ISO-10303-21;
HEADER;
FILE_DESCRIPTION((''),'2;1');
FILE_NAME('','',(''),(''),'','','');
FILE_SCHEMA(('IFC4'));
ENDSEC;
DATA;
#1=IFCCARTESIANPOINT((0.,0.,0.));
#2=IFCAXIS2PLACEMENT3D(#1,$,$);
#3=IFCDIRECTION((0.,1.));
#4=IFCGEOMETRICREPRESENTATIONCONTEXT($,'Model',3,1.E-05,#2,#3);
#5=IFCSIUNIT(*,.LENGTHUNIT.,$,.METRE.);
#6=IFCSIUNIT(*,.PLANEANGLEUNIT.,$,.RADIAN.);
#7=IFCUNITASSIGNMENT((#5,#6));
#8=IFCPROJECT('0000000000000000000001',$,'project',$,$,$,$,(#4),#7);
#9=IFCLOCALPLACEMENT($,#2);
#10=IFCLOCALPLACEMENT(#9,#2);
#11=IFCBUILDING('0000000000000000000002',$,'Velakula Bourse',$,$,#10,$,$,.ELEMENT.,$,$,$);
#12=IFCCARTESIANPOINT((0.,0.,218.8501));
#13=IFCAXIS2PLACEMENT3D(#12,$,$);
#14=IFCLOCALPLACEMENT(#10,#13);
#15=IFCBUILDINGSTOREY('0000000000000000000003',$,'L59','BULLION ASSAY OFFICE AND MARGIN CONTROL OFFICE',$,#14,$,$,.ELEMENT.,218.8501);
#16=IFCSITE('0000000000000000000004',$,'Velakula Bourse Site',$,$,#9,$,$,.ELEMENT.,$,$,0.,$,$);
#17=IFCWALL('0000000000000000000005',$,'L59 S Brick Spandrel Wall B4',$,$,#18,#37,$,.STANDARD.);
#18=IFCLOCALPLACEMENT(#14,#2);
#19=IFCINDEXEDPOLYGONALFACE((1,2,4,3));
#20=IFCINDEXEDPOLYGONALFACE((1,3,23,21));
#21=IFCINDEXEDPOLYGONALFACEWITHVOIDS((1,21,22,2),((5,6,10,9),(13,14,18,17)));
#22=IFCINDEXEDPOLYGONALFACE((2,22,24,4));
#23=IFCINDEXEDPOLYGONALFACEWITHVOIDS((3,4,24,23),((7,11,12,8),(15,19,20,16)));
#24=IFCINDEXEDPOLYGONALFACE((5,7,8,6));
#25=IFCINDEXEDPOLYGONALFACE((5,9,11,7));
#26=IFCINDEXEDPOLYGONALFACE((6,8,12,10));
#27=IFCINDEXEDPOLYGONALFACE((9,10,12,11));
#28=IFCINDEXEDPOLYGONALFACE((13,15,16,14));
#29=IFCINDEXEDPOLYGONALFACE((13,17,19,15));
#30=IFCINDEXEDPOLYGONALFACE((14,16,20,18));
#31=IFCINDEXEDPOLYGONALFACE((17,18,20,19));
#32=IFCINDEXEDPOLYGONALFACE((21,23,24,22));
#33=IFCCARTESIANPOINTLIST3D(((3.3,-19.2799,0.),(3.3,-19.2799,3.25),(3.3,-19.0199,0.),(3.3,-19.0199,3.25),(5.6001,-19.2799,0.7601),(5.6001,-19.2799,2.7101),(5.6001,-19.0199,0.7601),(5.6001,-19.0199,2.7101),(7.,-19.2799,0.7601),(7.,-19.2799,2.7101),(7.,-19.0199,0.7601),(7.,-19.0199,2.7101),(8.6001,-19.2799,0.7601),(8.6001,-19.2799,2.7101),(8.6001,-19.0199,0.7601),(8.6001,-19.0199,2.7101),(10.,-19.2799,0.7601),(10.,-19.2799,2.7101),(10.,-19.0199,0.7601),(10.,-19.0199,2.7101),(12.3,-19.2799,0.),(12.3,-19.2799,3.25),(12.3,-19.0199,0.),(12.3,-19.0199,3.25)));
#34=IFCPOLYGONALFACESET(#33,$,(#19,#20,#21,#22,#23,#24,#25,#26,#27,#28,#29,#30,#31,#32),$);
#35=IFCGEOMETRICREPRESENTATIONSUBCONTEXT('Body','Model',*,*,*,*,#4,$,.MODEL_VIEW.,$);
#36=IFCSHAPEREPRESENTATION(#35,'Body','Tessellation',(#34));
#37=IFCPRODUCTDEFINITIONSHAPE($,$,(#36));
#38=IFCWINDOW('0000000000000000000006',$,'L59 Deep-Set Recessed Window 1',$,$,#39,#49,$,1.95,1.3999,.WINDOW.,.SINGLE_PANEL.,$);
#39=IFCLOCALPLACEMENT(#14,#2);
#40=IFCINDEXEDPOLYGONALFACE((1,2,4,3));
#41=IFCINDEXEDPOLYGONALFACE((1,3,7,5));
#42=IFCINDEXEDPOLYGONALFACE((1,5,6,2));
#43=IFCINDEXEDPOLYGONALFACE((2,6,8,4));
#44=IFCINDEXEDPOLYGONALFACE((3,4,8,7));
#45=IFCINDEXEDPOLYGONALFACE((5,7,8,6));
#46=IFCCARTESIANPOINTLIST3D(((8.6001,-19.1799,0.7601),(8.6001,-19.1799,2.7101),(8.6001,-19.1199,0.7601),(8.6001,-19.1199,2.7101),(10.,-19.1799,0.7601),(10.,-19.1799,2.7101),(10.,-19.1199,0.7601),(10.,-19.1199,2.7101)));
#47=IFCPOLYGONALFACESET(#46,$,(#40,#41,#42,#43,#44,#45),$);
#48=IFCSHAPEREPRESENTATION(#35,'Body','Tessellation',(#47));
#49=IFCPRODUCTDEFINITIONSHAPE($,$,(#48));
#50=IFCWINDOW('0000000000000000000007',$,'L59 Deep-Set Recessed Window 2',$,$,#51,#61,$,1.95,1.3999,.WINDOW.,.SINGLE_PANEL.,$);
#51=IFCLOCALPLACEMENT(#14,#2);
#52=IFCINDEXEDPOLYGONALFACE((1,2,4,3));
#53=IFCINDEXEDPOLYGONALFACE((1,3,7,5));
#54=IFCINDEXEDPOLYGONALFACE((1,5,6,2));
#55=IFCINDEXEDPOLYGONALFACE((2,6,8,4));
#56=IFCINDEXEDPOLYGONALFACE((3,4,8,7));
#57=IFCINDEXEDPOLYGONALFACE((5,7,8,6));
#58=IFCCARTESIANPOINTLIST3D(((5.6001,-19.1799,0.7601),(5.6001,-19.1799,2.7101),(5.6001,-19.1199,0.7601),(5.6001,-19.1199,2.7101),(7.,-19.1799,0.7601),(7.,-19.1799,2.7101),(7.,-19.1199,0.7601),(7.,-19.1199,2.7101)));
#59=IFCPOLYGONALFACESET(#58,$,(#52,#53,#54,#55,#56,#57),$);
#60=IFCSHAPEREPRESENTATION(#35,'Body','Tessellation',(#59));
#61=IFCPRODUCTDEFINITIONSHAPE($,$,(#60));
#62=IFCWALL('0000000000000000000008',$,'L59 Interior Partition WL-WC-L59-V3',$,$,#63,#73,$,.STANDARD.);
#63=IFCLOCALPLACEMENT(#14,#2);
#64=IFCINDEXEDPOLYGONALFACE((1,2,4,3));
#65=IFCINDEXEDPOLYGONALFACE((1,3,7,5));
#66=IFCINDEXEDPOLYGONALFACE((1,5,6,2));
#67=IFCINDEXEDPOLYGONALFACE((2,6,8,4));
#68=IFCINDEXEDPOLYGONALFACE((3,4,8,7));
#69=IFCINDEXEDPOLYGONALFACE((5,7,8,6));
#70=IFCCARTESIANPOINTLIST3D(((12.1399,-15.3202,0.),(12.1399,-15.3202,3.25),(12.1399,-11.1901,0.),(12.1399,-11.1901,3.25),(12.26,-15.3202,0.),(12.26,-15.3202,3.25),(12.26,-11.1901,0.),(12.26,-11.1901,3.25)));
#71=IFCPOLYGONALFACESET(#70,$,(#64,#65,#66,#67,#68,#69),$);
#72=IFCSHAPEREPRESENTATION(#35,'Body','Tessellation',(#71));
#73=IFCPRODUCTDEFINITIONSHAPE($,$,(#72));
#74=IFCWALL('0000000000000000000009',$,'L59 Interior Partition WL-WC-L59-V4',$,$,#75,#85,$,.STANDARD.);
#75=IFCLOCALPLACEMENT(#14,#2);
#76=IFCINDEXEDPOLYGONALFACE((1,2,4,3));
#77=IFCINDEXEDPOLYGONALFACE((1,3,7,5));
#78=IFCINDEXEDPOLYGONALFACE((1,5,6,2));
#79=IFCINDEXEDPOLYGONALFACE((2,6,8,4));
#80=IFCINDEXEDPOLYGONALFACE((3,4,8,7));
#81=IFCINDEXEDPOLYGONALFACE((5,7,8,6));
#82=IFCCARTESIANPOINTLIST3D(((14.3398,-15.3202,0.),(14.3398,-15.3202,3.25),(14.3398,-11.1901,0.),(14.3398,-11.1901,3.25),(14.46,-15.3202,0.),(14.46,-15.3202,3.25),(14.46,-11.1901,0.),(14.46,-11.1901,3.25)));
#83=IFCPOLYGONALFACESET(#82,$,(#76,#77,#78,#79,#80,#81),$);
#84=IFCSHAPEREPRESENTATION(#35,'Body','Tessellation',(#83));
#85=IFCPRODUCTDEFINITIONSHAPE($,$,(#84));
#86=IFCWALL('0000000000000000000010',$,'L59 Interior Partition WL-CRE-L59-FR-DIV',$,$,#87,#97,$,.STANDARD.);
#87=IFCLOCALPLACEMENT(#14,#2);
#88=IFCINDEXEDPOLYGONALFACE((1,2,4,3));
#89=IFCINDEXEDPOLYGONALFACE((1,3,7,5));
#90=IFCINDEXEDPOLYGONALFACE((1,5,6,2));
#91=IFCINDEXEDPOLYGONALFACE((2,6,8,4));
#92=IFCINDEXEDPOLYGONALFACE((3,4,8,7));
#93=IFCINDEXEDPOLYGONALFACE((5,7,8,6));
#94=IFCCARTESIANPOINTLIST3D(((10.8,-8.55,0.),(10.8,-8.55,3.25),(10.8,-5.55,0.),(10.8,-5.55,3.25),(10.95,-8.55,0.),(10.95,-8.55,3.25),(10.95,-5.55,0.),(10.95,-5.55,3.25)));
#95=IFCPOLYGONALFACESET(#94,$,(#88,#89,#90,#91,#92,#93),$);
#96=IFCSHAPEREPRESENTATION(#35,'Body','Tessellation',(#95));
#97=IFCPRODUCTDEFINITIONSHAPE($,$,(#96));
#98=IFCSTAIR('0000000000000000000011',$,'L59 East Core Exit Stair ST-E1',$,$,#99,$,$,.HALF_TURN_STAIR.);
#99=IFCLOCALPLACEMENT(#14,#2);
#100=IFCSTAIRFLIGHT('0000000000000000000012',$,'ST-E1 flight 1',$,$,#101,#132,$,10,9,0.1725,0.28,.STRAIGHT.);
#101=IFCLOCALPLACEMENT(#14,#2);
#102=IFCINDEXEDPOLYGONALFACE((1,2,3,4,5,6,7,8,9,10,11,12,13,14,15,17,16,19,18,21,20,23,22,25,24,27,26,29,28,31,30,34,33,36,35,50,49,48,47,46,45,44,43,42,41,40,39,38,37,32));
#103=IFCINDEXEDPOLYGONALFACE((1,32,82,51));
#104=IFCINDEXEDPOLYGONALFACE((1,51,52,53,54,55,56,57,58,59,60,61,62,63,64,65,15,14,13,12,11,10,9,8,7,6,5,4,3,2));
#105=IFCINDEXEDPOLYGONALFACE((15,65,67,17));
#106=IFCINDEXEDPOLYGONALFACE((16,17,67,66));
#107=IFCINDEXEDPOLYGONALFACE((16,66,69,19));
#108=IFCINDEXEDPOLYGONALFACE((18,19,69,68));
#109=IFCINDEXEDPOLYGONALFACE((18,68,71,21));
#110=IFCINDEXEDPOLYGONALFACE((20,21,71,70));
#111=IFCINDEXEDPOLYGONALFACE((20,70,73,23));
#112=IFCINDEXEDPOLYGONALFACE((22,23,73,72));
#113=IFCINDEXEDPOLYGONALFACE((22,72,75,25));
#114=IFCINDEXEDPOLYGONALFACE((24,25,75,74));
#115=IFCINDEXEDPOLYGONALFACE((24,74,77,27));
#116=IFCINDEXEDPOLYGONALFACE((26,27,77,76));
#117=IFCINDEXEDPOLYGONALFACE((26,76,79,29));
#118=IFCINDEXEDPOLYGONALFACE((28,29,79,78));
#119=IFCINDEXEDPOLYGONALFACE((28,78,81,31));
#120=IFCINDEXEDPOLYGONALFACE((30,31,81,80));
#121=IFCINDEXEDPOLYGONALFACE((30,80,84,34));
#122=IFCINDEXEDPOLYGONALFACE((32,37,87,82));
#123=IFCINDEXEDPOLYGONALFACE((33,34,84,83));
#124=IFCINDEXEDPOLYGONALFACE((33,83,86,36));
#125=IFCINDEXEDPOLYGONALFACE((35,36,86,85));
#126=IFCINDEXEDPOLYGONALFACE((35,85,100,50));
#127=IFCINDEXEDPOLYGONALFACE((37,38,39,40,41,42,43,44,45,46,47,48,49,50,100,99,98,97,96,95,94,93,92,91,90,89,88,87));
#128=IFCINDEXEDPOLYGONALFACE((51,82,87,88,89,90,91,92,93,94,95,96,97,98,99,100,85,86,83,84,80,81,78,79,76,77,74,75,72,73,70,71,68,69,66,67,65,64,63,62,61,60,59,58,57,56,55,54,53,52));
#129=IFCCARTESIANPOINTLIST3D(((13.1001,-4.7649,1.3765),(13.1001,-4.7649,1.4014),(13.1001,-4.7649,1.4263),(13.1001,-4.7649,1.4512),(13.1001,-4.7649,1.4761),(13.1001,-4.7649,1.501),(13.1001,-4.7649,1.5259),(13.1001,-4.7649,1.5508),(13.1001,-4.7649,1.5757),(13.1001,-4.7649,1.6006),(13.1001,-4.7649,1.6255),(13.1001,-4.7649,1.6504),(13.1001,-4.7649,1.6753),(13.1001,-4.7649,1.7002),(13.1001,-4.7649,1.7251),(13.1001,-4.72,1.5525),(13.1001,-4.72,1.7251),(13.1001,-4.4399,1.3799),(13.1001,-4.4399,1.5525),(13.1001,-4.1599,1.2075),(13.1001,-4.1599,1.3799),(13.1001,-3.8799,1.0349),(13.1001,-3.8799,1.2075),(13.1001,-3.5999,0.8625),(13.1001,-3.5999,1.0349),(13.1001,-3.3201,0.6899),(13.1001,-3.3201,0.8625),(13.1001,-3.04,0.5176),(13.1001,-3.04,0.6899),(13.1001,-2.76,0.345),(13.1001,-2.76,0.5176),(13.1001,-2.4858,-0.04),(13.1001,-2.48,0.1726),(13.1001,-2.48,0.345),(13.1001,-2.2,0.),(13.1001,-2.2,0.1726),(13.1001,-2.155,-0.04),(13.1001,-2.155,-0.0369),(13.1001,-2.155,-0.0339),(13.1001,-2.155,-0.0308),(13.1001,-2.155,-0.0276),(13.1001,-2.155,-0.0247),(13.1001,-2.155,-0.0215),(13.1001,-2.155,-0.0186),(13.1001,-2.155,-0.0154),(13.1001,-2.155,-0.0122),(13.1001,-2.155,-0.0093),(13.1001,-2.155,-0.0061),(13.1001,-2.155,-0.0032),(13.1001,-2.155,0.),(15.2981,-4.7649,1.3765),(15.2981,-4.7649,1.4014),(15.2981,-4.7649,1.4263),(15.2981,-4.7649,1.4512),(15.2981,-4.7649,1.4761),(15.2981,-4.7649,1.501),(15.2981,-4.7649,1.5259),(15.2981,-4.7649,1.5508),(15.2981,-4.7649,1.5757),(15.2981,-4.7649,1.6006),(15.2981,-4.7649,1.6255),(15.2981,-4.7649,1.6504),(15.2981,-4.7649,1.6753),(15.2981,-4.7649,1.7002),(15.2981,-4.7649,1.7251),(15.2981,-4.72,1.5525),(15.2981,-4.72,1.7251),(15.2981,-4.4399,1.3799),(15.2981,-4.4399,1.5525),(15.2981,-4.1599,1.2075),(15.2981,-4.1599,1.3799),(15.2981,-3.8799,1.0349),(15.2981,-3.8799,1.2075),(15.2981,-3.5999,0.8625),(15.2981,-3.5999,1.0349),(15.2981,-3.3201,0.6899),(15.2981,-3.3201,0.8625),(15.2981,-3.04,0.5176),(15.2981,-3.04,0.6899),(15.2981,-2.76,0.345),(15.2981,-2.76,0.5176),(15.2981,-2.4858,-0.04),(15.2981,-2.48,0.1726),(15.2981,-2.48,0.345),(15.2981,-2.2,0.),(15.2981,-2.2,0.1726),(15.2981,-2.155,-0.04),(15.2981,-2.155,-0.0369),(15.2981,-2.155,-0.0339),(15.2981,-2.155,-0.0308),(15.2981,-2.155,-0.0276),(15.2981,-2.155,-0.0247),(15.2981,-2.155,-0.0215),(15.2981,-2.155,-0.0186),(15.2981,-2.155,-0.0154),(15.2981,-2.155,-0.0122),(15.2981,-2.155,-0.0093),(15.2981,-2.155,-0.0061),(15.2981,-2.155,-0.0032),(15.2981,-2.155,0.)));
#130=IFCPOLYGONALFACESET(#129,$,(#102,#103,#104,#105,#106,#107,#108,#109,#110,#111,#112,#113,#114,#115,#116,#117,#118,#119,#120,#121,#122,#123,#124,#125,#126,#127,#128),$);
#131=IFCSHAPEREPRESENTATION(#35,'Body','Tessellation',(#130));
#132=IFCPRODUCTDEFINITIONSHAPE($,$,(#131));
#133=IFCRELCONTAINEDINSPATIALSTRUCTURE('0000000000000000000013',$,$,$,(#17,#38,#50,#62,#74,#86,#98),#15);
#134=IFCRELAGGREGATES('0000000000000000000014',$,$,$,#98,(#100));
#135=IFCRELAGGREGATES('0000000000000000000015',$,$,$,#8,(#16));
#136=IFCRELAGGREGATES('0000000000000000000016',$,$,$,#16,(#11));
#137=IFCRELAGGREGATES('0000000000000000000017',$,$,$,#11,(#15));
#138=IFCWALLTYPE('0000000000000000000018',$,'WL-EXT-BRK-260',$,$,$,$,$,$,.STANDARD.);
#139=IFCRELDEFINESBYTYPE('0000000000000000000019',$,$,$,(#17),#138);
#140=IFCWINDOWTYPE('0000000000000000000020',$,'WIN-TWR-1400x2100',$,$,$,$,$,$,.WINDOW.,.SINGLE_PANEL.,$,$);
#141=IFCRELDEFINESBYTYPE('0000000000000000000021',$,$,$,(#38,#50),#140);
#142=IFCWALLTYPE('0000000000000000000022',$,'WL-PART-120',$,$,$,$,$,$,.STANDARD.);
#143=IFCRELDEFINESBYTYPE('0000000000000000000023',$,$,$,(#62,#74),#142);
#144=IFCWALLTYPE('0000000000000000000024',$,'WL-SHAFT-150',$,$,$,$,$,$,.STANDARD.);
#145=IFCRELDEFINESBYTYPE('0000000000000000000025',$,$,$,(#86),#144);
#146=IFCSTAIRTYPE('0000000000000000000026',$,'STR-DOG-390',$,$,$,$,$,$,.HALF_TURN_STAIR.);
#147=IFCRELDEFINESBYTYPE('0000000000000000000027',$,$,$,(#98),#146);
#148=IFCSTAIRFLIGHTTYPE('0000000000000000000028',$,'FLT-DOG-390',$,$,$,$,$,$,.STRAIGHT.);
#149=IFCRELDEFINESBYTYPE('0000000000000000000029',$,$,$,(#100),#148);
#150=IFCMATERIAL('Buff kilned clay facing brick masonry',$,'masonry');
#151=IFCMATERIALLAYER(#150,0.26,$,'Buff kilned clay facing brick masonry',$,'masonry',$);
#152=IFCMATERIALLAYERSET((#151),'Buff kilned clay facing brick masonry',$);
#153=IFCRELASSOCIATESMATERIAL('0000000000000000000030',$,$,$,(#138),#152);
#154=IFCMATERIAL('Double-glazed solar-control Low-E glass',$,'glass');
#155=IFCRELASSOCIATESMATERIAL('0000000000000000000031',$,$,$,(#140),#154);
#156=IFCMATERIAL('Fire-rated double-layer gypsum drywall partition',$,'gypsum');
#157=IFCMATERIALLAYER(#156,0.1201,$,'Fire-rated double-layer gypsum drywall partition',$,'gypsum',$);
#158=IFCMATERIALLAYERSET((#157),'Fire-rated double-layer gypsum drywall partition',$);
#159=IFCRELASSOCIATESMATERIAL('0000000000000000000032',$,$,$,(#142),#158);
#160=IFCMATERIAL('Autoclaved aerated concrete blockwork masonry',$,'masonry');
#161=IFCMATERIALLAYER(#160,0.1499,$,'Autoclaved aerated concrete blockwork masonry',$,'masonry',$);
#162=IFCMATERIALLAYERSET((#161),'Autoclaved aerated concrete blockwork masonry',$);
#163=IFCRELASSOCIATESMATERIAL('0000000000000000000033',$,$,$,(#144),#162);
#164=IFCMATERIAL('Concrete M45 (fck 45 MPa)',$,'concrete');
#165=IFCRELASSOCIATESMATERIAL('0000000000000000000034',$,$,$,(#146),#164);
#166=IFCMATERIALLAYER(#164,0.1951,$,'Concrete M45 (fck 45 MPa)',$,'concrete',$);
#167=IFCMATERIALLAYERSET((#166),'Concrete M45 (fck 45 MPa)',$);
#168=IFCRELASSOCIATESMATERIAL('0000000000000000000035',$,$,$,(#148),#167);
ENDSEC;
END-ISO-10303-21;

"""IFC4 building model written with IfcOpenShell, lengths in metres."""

from ifc_helpers import new_model, si_unit, direction, frame, frame_2d, origin, place, context, subcontext, project, spatial, polyline, rectangle, outline, extrude, material, layer, layer_set, type_object, element, fill, aggregate, save


model = new_model("IFC4")

# Units and contexts
model_context = context("Model", 3, precision=1e-05, world=origin(), true_north=direction((0.0, 1.0)))
body_context = subcontext(model_context, "Body", "Model", "MODEL_VIEW")
ifc_project = project(units=[si_unit("LENGTHUNIT", "METRE"), si_unit("PLANEANGLEUNIT", "RADIAN")], contexts=[model_context])

# Site, building, storey
site_placement = place(None, origin())
site = spatial("IfcSite", under=ifc_project, at=site_placement, Name="Velakula Bourse Site", CompositionType="ELEMENT", RefElevation=0.0)
building_placement = place(site_placement, origin())
building = spatial("IfcBuilding", under=site, at=building_placement, Name="Velakula Bourse", CompositionType="ELEMENT")
storey_placement = place(building_placement, frame((0.0, 0.0, 218.8501)))
storey = spatial("IfcBuildingStorey", under=building, at=storey_placement, Name="L59", Description="BULLION ASSAY OFFICE AND MARGIN CONTROL OFFICE", CompositionType="ELEMENT", Elevation=218.8501)

# Wall, openings, windows
ifc_material_1 = material(Name="Buff kilned clay facing brick masonry", Category="masonry")
ifc_layer_1 = layer(ifc_material_1, 0.26, Name="Buff kilned clay facing brick masonry", Category="masonry")
ifc_layer_set_1 = layer_set([ifc_layer_1], Name="Buff kilned clay facing brick masonry")
wall_type_1 = type_object("IfcWallType", Name="WL-EXT-BRK-260", PredefinedType="STANDARD", material=ifc_layer_set_1)
wall_1_placement = place(storey_placement, frame((12.3, -19.1499, 0.0), z_axis=(0.0, 0.0, 1.0), x_axis=(-1.0, 0.0, 0.0)))
wall_1 = element("IfcWall", 1, at=wall_1_placement, inside=storey, type_object=wall_type_1, Name="L59 S Brick Spandrel Wall B4", PredefinedType="STANDARD", context=body_context, shape_type="SweptSolid", body=[
    extrude(rectangle(XDim=9.0, YDim=0.26, at=frame_2d((4.5, 0.0))), origin(), (0.0, 0.0, 1.0), 3.25),
])
opening_1_placement = place(wall_1_placement, frame((2.3, 0.0, 0.76)))
opening_1 = element("IfcOpeningElement", 2, at=opening_1_placement, cuts=wall_1, PredefinedType="OPENING", context=body_context, shape_type="SweptSolid", body=[
    extrude(rectangle(XDim=1.3999, YDim=1.95, at=frame_2d((0.7, 0.9751))), frame((0.0, 0.1399, 0.0), z_axis=(0.0, -1.0, 0.0), x_axis=(1.0, 0.0, 0.0)), (0.0, 0.0, 1.0), 0.28),
])
opening_2_placement = place(wall_1_placement, frame((5.3, 0.0, 0.76)))
opening_2 = element("IfcOpeningElement", 3, at=opening_2_placement, cuts=wall_1, PredefinedType="OPENING", context=body_context, shape_type="SweptSolid", body=[
    extrude(rectangle(XDim=1.3999, YDim=1.95, at=frame_2d((0.7, 0.9751))), frame((0.0, 0.1399, 0.0), z_axis=(0.0, -1.0, 0.0), x_axis=(1.0, 0.0, 0.0)), (0.0, 0.0, 1.0), 0.28),
])
ifc_material_2 = material(Name="Double-glazed solar-control Low-E glass", Category="glass")
window_type = type_object("IfcWindowType", Name="WIN-TWR-1400x2100", PartitioningType="SINGLE_PANEL", PredefinedType="WINDOW", material=ifc_material_2)
window_1_placement = place(opening_1_placement, origin())
window_1 = element("IfcWindow", 4, at=window_1_placement, inside=storey, type_object=window_type, Name="L59 Deep-Set Recessed Window 1", OverallHeight=1.95, OverallWidth=1.3999, PartitioningType="SINGLE_PANEL", PredefinedType="WINDOW", context=body_context, shape_type="SweptSolid", body=[
    extrude(rectangle(XDim=1.3999, YDim=1.95, at=frame_2d((0.7, 0.9751))), frame((0.0, 0.03, 0.0), z_axis=(0.0, -1.0, 0.0), x_axis=(1.0, 0.0, 0.0)), (0.0, 0.0, 1.0), 0.0601),
])
fill(opening_1, window_1)
window_2_placement = place(opening_2_placement, origin())
window_2 = element("IfcWindow", 5, at=window_2_placement, inside=storey, type_object=window_type, Name="L59 Deep-Set Recessed Window 2", OverallHeight=1.95, OverallWidth=1.3999, PartitioningType="SINGLE_PANEL", PredefinedType="WINDOW", context=body_context, shape_type="SweptSolid", body=[
    extrude(rectangle(XDim=1.3999, YDim=1.95, at=frame_2d((0.7, 0.9751))), frame((0.0, 0.03, 0.0), z_axis=(0.0, -1.0, 0.0), x_axis=(1.0, 0.0, 0.0)), (0.0, 0.0, 1.0), 0.0601),
])
fill(opening_2, window_2)

# Walls
ifc_material_3 = material(Name="Fire-rated double-layer gypsum drywall partition", Category="gypsum")
ifc_layer_2 = layer(ifc_material_3, 0.1201, Name="Fire-rated double-layer gypsum drywall partition", Category="gypsum")
ifc_layer_set_2 = layer_set([ifc_layer_2], Name="Fire-rated double-layer gypsum drywall partition")
wall_type_2 = type_object("IfcWallType", Name="WL-PART-120", PredefinedType="STANDARD", material=ifc_layer_set_2)
for number, where, z_axis, x_axis, name in (
    (6, (12.2, -15.3201, 0.0), (0.0, 0.0, 1.0), (0.0, 1.0, 0.0), "L59 Interior Partition WL-WC-L59-V3"),
    (7, (14.3999, -15.3201, 0.0), (0.0, 0.0, 1.0), (0.0, 1.0, 0.0), "L59 Interior Partition WL-WC-L59-V4"),
):
    element("IfcWall", number, at=place(storey_placement, frame(where, z_axis=z_axis, x_axis=x_axis)), inside=storey, type_object=wall_type_2, Name=name, PredefinedType="STANDARD", context=body_context, shape_type="SweptSolid", body=[
        extrude(rectangle(XDim=4.1301, YDim=0.1201, at=frame_2d((2.0649, 0.0))), origin(), (0.0, 0.0, 1.0), 3.25),
    ])

# Shared definitions
ifc_material_4 = material(Name="Autoclaved aerated concrete blockwork masonry", Category="masonry")
ifc_layer_3 = layer(ifc_material_4, 0.1499, Name="Autoclaved aerated concrete blockwork masonry", Category="masonry")
ifc_layer_set_3 = layer_set([ifc_layer_3], Name="Autoclaved aerated concrete blockwork masonry")
wall_type_3 = type_object("IfcWallType", Name="WL-SHAFT-150", PredefinedType="STANDARD", material=ifc_layer_set_3)

# Wall
wall_2_placement = place(storey_placement, frame((10.875, -8.55, 0.0), z_axis=(0.0, 0.0, 1.0), x_axis=(0.0, 1.0, 0.0)))
element("IfcWall", 8, at=wall_2_placement, inside=storey, type_object=wall_type_3, Name="L59 Interior Partition WL-CRE-L59-FR-DIV", PredefinedType="STANDARD", context=body_context, shape_type="SweptSolid", body=[
    extrude(rectangle(XDim=3.0, YDim=0.1499, at=frame_2d((1.5, 0.0))), origin(), (0.0, 0.0, 1.0), 3.25),
])

# Stair, stair flight
ifc_material_5 = material(Name="Concrete M45 (fck 45 MPa)", Category="concrete")
stair_type = type_object("IfcStairType", Name="STR-DOG-390", PredefinedType="HALF_TURN_STAIR", material=ifc_material_5)
stair_placement = place(storey_placement, origin())
stair = element("IfcStair", 9, at=stair_placement, inside=storey, type_object=stair_type, Name="L59 East Core Exit Stair ST-E1", PredefinedType="HALF_TURN_STAIR")
ifc_layer_4 = layer(ifc_material_5, 0.1951, Name="Concrete M45 (fck 45 MPa)", Category="concrete")
ifc_layer_set_4 = layer_set([ifc_layer_4], Name="Concrete M45 (fck 45 MPa)")
stair_flight_type = type_object("IfcStairFlightType", Name="FLT-DOG-390", PredefinedType="STRAIGHT", material=ifc_layer_set_4)
stair_flight_1_placement = place(storey_placement, frame((14.199, -2.2, 0.0), z_axis=(0.0, 0.0, 1.0), x_axis=(0.0, -1.0, 0.0)))
stair_flight_1 = element("IfcStairFlight", 10, at=stair_flight_1_placement, type_object=stair_flight_type, Name="ST-E1 flight 1", NumberOfRisers=10, NumberOfTreads=9, PredefinedType="STRAIGHT", RiserHeight=0.1725, TreadLength=0.28, context=body_context, shape_type="SweptSolid", body=[
    extrude(outline(polyline([(-0.0449, -0.04), (-0.0449, -0.0369), (-0.0449, -0.0339), (-0.0449, -0.0308), (-0.0449, -0.0276), (-0.0449, -0.0247), (-0.0449, -0.0215), (-0.0449, -0.0186), (-0.0449, -0.0154), (-0.0449, -0.0122), (-0.0449, -0.0093), (-0.0449, -0.0061), (-0.0449, -0.0032), (-0.0449, 0.0), (0.0, 0.0), (0.0, 0.1726), (0.28, 0.1726), (0.28, 0.345), (0.5601, 0.345), (0.5601, 0.5176), (0.8401, 0.5176), (0.8401, 0.6899), (1.1201, 0.6899), (1.1201, 0.8625), (1.3999, 0.8625), (1.3999, 1.0349), (1.6799, 1.0349), (1.6799, 1.2075), (1.96, 1.2075), (1.96, 1.3799), (2.24, 1.3799), (2.24, 1.5525), (2.52, 1.5525), (2.52, 1.7251), (2.5649, 1.7251), (2.5649, 1.7002), (2.5649, 1.6753), (2.5649, 1.6504), (2.5649, 1.6255), (2.5649, 1.6006), (2.5649, 1.5757), (2.5649, 1.5508), (2.5649, 1.5259), (2.5649, 1.501), (2.5649, 1.4761), (2.5649, 1.4512), (2.5649, 1.4263), (2.5649, 1.4014), (2.5649, 1.3765), (0.2859, -0.04), (-0.0449, -0.04)])), frame((0.0, 1.0991, 0.0), z_axis=(0.0, -1.0, 0.0), x_axis=(1.0, 0.0, 0.0)), (0.0, 0.0, 1.0), 2.198),
])
aggregate(stair, [stair_flight_1])

save(model, "model.ifc")
